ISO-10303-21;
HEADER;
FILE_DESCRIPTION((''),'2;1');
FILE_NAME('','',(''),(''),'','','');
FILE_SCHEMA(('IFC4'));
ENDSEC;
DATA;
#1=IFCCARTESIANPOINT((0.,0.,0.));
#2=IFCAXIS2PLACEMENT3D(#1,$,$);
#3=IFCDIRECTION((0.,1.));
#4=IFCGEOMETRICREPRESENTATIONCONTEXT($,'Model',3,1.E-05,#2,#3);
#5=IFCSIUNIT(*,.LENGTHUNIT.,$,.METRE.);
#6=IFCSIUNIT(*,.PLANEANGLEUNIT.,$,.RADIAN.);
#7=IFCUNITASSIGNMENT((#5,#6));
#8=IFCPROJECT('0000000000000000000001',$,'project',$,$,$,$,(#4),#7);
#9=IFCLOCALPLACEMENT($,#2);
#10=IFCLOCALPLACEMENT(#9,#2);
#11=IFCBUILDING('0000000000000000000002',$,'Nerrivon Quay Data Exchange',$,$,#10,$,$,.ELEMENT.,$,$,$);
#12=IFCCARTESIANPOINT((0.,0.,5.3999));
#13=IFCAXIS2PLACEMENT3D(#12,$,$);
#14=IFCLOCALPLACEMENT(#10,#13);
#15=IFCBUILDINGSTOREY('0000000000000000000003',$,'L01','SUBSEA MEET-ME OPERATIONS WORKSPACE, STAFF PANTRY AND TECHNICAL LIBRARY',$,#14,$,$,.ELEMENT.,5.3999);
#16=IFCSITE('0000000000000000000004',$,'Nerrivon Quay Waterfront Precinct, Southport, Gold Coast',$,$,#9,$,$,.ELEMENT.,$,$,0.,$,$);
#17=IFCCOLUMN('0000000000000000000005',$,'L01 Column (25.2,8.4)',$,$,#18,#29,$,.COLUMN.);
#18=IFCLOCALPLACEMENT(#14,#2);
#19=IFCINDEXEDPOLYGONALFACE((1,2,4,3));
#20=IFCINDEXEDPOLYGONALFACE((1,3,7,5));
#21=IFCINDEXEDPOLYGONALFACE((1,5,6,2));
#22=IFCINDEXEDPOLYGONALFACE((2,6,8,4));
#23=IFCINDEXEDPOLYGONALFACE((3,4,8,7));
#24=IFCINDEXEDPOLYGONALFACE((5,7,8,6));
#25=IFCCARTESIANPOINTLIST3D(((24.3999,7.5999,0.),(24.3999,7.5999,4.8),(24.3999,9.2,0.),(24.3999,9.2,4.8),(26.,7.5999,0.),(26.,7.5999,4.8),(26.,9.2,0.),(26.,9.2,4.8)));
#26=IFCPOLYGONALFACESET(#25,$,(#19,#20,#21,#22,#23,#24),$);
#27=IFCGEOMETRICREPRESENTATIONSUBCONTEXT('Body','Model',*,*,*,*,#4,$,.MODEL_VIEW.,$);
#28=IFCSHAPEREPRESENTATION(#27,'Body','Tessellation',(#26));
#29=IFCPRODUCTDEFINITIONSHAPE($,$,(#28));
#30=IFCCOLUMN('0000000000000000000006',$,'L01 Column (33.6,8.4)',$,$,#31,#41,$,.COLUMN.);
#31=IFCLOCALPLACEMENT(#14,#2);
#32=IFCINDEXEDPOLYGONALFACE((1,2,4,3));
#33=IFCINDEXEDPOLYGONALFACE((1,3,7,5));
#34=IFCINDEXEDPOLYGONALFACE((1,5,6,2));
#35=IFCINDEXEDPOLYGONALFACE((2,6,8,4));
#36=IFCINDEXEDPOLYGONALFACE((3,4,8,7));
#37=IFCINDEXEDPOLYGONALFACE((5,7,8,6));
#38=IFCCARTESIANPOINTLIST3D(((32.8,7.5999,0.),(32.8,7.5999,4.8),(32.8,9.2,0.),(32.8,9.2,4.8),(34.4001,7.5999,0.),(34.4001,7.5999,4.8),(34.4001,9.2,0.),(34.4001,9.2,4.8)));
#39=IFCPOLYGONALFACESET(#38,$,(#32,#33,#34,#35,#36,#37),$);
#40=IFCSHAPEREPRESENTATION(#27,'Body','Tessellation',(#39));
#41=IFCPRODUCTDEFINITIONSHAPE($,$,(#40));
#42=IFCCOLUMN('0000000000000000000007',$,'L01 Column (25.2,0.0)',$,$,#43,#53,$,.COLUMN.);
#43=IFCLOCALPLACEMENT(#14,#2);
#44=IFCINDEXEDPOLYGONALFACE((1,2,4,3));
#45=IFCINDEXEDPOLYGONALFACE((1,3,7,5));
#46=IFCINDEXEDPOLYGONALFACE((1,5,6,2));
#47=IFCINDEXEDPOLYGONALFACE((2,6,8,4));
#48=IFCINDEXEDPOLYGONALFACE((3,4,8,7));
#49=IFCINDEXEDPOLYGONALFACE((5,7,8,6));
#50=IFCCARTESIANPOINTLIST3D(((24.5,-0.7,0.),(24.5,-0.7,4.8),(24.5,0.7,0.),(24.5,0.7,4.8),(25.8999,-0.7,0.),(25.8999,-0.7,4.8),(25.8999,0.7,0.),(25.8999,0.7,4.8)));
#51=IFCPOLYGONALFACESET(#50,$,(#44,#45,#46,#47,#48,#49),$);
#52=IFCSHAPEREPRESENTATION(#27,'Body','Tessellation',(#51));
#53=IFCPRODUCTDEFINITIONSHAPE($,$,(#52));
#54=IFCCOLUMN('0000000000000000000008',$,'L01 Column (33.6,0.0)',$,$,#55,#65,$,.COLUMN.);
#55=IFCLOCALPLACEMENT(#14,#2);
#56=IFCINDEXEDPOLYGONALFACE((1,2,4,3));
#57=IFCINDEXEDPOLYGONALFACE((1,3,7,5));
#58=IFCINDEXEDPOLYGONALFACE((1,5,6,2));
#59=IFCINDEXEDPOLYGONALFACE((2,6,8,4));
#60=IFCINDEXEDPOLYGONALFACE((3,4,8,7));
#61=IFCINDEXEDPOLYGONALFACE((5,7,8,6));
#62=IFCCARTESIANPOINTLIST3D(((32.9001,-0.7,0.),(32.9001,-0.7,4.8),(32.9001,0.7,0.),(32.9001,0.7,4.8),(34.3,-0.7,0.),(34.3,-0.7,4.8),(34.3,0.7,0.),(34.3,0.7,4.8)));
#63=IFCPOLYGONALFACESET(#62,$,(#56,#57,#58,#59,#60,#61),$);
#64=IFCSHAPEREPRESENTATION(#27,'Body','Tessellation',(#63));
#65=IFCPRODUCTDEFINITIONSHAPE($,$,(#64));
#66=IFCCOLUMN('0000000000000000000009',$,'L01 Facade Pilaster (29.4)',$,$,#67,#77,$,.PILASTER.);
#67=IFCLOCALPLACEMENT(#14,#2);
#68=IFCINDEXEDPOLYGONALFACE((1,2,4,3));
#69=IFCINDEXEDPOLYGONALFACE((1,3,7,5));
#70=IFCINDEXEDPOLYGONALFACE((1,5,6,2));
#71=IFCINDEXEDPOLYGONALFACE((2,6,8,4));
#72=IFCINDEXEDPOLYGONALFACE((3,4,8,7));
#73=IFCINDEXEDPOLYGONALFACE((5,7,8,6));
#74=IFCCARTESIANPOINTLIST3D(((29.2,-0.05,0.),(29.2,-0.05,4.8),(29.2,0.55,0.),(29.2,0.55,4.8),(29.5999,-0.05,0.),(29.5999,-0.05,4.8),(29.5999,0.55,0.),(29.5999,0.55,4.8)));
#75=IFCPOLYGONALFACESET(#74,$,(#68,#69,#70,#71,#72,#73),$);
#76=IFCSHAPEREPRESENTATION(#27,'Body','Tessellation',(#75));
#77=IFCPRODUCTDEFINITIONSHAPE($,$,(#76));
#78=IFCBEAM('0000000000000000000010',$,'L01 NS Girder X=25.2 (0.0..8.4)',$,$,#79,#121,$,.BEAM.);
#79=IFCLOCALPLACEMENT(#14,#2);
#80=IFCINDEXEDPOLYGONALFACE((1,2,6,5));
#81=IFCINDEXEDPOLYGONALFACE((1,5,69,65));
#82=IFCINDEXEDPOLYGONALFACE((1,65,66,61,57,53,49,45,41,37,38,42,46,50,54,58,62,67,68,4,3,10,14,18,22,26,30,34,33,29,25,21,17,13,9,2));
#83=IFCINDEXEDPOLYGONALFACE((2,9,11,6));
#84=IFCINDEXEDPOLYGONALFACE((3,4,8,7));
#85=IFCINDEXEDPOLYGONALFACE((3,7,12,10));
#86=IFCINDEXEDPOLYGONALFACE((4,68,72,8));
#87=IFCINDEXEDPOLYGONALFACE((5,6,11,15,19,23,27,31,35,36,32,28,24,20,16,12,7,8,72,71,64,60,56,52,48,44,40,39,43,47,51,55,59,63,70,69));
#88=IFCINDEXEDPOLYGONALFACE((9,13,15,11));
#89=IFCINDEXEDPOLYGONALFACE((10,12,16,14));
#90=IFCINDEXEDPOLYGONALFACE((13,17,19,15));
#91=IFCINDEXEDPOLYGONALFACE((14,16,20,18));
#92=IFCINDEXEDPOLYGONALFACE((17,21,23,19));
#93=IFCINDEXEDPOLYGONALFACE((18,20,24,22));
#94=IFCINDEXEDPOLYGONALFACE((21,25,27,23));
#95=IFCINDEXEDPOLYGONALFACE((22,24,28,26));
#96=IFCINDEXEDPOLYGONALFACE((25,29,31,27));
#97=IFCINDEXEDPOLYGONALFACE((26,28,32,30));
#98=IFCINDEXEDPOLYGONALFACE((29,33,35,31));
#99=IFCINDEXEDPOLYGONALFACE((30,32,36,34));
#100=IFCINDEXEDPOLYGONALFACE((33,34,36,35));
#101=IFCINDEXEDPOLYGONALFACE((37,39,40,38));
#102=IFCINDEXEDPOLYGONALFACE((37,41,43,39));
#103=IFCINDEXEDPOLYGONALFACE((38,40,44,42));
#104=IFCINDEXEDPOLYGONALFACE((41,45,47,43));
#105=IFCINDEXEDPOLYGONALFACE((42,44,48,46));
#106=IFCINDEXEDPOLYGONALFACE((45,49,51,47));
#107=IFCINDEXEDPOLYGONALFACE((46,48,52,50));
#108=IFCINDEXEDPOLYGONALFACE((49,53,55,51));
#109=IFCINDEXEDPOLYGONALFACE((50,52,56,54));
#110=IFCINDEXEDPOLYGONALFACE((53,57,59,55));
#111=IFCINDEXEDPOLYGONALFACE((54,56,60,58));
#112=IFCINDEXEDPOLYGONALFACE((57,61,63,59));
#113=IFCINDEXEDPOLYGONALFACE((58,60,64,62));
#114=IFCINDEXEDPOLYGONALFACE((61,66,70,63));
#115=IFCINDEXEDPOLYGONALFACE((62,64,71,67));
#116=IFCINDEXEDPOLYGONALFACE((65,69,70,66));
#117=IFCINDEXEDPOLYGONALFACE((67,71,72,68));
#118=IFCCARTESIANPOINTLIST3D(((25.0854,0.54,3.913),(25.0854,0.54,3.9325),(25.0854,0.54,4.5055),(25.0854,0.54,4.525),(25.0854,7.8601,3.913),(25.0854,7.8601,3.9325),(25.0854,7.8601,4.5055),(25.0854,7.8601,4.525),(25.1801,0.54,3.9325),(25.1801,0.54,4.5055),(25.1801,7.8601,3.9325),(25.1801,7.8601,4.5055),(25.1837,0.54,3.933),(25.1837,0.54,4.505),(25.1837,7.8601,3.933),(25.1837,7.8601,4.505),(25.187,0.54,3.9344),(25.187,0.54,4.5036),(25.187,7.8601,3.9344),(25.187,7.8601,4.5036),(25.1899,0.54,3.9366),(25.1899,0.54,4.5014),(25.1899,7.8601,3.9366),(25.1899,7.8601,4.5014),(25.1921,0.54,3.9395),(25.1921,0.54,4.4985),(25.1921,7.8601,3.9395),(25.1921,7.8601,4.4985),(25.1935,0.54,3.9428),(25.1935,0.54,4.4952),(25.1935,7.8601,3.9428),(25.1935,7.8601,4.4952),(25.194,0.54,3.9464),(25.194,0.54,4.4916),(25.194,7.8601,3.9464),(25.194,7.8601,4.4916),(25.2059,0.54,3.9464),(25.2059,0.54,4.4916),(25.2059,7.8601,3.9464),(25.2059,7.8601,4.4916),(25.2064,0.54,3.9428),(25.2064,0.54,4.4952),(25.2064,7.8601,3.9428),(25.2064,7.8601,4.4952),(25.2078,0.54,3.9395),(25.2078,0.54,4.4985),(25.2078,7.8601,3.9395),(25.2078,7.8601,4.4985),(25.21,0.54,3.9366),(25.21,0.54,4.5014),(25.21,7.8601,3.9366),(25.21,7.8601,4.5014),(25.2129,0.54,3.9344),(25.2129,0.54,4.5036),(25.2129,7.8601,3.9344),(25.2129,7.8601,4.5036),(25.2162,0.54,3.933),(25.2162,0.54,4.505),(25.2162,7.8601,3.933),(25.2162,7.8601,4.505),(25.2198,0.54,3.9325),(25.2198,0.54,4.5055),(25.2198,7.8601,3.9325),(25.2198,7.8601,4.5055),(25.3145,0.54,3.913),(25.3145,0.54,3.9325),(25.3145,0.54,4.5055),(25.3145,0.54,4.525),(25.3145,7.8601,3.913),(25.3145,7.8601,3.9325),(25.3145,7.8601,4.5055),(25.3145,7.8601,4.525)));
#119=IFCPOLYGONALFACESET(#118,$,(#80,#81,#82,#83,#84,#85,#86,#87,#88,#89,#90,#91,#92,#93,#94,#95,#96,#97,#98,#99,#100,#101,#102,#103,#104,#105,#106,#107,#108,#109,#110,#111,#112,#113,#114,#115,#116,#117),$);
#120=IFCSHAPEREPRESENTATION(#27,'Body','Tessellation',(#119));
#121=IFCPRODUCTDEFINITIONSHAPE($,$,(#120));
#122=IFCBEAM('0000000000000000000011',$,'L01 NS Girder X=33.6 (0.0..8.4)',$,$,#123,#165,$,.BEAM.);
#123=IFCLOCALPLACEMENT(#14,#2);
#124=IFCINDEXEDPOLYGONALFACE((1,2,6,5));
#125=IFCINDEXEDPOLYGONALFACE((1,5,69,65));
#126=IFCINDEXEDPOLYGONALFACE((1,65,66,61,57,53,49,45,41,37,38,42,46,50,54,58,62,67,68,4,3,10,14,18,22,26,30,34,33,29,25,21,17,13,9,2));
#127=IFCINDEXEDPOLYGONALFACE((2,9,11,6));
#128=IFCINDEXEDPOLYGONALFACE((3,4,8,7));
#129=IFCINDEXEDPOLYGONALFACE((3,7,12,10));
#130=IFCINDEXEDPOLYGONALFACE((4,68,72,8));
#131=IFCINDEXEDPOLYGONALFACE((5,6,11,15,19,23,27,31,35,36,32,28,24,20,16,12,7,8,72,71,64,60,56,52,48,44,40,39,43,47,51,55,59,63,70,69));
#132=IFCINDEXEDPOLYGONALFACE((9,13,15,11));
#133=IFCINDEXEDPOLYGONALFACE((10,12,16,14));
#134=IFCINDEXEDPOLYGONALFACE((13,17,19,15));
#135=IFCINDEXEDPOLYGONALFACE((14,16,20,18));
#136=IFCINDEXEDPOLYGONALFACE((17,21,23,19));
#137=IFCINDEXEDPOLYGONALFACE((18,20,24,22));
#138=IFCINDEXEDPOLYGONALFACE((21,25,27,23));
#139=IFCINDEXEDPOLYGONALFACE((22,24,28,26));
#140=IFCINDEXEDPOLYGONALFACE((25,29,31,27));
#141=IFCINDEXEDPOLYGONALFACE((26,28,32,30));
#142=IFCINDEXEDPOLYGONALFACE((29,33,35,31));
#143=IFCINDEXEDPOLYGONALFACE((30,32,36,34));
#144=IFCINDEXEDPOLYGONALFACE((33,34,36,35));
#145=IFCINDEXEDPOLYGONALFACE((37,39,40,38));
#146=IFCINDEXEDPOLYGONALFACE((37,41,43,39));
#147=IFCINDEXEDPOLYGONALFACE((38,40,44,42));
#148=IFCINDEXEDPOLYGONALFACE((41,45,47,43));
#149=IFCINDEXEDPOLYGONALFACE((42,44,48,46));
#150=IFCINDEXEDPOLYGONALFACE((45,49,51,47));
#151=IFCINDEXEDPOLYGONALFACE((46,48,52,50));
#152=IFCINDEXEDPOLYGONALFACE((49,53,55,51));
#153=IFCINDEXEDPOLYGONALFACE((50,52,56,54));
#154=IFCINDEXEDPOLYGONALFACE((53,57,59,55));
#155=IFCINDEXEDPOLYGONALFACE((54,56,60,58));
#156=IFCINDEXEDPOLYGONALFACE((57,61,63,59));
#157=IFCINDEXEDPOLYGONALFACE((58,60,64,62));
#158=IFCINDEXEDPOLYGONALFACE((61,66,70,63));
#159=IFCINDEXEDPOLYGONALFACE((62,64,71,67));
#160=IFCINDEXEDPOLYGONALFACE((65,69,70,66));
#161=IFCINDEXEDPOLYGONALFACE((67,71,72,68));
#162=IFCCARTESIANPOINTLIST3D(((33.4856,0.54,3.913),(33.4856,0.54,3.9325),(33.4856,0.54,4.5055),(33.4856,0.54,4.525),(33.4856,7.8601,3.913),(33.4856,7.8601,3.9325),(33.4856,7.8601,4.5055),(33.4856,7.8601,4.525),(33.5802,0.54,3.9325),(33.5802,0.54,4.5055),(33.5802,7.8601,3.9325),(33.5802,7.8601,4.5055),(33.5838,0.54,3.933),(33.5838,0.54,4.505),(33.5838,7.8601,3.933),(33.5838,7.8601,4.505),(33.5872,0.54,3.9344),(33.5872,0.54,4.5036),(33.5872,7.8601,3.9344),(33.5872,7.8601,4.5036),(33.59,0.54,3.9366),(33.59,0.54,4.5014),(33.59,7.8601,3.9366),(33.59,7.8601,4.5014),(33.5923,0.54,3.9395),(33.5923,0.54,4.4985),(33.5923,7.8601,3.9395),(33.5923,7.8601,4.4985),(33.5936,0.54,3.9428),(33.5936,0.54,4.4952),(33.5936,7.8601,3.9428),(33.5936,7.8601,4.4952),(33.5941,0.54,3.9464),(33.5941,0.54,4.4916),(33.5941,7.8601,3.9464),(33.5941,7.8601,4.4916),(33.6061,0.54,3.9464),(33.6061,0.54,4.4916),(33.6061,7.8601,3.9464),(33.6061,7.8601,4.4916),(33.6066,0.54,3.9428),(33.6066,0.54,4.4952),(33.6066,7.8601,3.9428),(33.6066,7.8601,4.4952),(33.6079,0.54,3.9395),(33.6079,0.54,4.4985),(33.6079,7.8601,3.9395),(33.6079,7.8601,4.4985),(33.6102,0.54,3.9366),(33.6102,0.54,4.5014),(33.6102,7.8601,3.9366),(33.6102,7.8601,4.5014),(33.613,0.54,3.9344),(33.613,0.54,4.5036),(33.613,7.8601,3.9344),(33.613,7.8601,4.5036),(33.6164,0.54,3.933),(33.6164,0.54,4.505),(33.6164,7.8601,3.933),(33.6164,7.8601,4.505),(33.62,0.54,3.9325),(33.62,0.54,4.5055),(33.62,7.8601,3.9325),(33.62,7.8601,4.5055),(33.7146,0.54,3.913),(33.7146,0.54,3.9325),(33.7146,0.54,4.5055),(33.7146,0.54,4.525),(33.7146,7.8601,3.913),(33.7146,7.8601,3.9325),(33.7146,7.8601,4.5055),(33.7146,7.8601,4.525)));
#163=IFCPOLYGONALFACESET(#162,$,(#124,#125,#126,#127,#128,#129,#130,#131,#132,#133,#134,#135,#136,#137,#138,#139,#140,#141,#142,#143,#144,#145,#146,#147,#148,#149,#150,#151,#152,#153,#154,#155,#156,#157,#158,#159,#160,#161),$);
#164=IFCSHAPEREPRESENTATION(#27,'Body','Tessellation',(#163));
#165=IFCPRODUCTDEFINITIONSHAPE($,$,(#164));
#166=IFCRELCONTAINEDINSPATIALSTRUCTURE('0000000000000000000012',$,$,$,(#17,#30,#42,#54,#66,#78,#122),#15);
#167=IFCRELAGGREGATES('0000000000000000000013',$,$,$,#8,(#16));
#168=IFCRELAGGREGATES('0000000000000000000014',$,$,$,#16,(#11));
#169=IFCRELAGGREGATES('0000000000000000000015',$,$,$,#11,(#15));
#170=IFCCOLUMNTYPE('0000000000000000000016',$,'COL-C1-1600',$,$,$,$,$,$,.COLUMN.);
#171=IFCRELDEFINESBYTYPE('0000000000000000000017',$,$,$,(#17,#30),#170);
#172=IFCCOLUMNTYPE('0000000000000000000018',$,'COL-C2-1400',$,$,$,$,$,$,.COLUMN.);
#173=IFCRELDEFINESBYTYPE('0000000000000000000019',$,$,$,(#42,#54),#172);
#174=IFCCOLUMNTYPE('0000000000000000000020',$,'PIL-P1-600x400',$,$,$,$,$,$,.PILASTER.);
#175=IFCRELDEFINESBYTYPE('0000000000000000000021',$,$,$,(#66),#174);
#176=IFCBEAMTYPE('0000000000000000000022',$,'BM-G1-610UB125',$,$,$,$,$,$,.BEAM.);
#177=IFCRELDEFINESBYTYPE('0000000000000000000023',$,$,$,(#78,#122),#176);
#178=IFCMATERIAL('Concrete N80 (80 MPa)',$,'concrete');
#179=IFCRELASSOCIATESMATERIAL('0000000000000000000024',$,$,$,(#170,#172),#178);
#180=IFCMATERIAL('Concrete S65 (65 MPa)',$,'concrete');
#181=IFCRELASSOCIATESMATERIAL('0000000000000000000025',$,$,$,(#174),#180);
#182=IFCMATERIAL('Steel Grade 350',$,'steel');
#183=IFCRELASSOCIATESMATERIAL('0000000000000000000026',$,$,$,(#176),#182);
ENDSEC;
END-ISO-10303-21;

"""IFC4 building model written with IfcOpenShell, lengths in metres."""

from ifc_helpers import new_model, si_unit, direction, frame, origin, origin_2d, place, context, subcontext, project, spatial, rectangle, i_section, extrude, material, material_profile, profile_set, type_object, element, save


model = new_model("IFC4")

# Units and contexts
model_context = context("Model", 3, precision=1e-05, world=origin(), true_north=direction((0.0, 1.0)))
body_context = subcontext(model_context, "Body", "Model", "MODEL_VIEW")
ifc_project = project(units=[si_unit("LENGTHUNIT", "METRE"), si_unit("PLANEANGLEUNIT", "RADIAN")], contexts=[model_context])

# Site, building, storey
site_placement = place(None, origin())
site = spatial("IfcSite", under=ifc_project, at=site_placement, Name="Nerrivon Quay Waterfront Precinct, Southport, Gold Coast", CompositionType="ELEMENT", RefElevation=0.0)
building_placement = place(site_placement, origin())
building = spatial("IfcBuilding", under=site, at=building_placement, Name="Nerrivon Quay Data Exchange", CompositionType="ELEMENT")
storey_placement = place(building_placement, frame((0.0, 0.0, 5.3999)))
storey = spatial("IfcBuildingStorey", under=building, at=storey_placement, Name="L01", Description="SUBSEA MEET-ME OPERATIONS WORKSPACE, STAFF PANTRY AND TECHNICAL LIBRARY", CompositionType="ELEMENT", Elevation=5.3999)

# Columns
ifc_material_1 = material(Name="Concrete N80 (80 MPa)", Category="concrete")
ifc_material_profile_1 = material_profile(ifc_material_1, rectangle(XDim=1.6001, YDim=1.6001, at=origin_2d()), Name="RC-COL-1600x1600")
ifc_profile_set_1 = profile_set([ifc_material_profile_1], Name="Concrete N80 (80 MPa)")
column_type_1 = type_object("IfcColumnType", Name="COL-C1-1600", PredefinedType="COLUMN", material=ifc_profile_set_1)
for number, where, z_axis, x_axis, name in (
    (1, (25.2, 8.3999, 0.0), (0.0, 0.0, 1.0), (1.0, 0.0, 0.0), "L01 Column (25.2,8.4)"),
    (2, (33.6001, 8.3999, 0.0), (0.0, 0.0, 1.0), (1.0, 0.0, 0.0), "L01 Column (33.6,8.4)"),
):
    element("IfcColumn", number, at=place(storey_placement, frame(where, z_axis=z_axis, x_axis=x_axis)), inside=storey, type_object=column_type_1, Name=name, PredefinedType="COLUMN", context=body_context, shape_type="SweptSolid", body=[
        extrude(rectangle(XDim=1.6001, YDim=1.6001, at=origin_2d()), origin(), (0.0, 0.0, 1.0), 4.8),
    ])
ifc_material_profile_2 = material_profile(ifc_material_1, rectangle(XDim=1.3999, YDim=1.3999, at=origin_2d()), Name="RC-COL-1400x1400")
ifc_profile_set_2 = profile_set([ifc_material_profile_2], Name="Concrete N80 (80 MPa)")
column_type_2 = type_object("IfcColumnType", Name="COL-C2-1400", PredefinedType="COLUMN", material=ifc_profile_set_2)
for number, where, z_axis, x_axis, name in (
    (3, (25.2, 0.0, 0.0), (0.0, 0.0, 1.0), (1.0, 0.0, 0.0), "L01 Column (25.2,0.0)"),
    (4, (33.6001, 0.0, 0.0), (0.0, 0.0, 1.0), (1.0, 0.0, 0.0), "L01 Column (33.6,0.0)"),
):
    element("IfcColumn", number, at=place(storey_placement, frame(where, z_axis=z_axis, x_axis=x_axis)), inside=storey, type_object=column_type_2, Name=name, PredefinedType="COLUMN", context=body_context, shape_type="SweptSolid", body=[
        extrude(rectangle(XDim=1.3999, YDim=1.3999, at=origin_2d()), origin(), (0.0, 0.0, 1.0), 4.8),
    ])
ifc_material_2 = material(Name="Concrete S65 (65 MPa)", Category="concrete")
ifc_material_profile_3 = material_profile(ifc_material_2, rectangle(XDim=0.3999, YDim=0.6001, at=origin_2d()), Name="RC-PIL-600x400")
ifc_profile_set_3 = profile_set([ifc_material_profile_3], Name="Concrete S65 (65 MPa)")
column_type_3 = type_object("IfcColumnType", Name="PIL-P1-600x400", PredefinedType="PILASTER", material=ifc_profile_set_3)
column_placement = place(storey_placement, frame((29.3999, 0.25, 0.0), z_axis=(0.0, 0.0, 1.0), x_axis=(1.0, 0.0, 0.0)))
element("IfcColumn", 5, at=column_placement, inside=storey, type_object=column_type_3, Name="L01 Facade Pilaster (29.4)", PredefinedType="PILASTER", context=body_context, shape_type="SweptSolid", body=[
    extrude(rectangle(XDim=0.3999, YDim=0.6001, at=origin_2d()), origin(), (0.0, 0.0, 1.0), 4.8),
])

# Beams
ifc_material_3 = material(Name="Steel Grade 350", Category="steel")
ifc_material_profile_4 = material_profile(ifc_material_3, i_section(OverallWidth=0.229, OverallDepth=0.6121, WebThickness=0.012, FlangeThickness=0.0195, FilletRadius=0.0139, at=origin_2d()), Name="610UB125")
ifc_profile_set_4 = profile_set([ifc_material_profile_4], Name="Steel Grade 350")
beam_type_1 = type_object("IfcBeamType", Name="BM-G1-610UB125", PredefinedType="BEAM", material=ifc_profile_set_4)
for number, where, z_axis, x_axis, name in (
    (6, (25.2, 0.54, 4.219), (0.0, 1.0, 0.0), (-1.0, 0.0, 0.0), "L01 NS Girder X=25.2 (0.0..8.4)"),
    (7, (33.6001, 0.54, 4.219), (0.0, 1.0, 0.0), (-1.0, 0.0, 0.0), "L01 NS Girder X=33.6 (0.0..8.4)"),
):
    element("IfcBeam", number, at=place(storey_placement, frame(where, z_axis=z_axis, x_axis=x_axis)), inside=storey, type_object=beam_type_1, Name=name, PredefinedType="BEAM", context=body_context, shape_type="SweptSolid", body=[
        extrude(i_section(OverallWidth=0.229, OverallDepth=0.6121, WebThickness=0.012, FlangeThickness=0.0195, FilletRadius=0.0139, at=origin_2d()), origin(), (0.0, 0.0, 1.0), 7.3201),
    ])

save(model, "model.ifc")
